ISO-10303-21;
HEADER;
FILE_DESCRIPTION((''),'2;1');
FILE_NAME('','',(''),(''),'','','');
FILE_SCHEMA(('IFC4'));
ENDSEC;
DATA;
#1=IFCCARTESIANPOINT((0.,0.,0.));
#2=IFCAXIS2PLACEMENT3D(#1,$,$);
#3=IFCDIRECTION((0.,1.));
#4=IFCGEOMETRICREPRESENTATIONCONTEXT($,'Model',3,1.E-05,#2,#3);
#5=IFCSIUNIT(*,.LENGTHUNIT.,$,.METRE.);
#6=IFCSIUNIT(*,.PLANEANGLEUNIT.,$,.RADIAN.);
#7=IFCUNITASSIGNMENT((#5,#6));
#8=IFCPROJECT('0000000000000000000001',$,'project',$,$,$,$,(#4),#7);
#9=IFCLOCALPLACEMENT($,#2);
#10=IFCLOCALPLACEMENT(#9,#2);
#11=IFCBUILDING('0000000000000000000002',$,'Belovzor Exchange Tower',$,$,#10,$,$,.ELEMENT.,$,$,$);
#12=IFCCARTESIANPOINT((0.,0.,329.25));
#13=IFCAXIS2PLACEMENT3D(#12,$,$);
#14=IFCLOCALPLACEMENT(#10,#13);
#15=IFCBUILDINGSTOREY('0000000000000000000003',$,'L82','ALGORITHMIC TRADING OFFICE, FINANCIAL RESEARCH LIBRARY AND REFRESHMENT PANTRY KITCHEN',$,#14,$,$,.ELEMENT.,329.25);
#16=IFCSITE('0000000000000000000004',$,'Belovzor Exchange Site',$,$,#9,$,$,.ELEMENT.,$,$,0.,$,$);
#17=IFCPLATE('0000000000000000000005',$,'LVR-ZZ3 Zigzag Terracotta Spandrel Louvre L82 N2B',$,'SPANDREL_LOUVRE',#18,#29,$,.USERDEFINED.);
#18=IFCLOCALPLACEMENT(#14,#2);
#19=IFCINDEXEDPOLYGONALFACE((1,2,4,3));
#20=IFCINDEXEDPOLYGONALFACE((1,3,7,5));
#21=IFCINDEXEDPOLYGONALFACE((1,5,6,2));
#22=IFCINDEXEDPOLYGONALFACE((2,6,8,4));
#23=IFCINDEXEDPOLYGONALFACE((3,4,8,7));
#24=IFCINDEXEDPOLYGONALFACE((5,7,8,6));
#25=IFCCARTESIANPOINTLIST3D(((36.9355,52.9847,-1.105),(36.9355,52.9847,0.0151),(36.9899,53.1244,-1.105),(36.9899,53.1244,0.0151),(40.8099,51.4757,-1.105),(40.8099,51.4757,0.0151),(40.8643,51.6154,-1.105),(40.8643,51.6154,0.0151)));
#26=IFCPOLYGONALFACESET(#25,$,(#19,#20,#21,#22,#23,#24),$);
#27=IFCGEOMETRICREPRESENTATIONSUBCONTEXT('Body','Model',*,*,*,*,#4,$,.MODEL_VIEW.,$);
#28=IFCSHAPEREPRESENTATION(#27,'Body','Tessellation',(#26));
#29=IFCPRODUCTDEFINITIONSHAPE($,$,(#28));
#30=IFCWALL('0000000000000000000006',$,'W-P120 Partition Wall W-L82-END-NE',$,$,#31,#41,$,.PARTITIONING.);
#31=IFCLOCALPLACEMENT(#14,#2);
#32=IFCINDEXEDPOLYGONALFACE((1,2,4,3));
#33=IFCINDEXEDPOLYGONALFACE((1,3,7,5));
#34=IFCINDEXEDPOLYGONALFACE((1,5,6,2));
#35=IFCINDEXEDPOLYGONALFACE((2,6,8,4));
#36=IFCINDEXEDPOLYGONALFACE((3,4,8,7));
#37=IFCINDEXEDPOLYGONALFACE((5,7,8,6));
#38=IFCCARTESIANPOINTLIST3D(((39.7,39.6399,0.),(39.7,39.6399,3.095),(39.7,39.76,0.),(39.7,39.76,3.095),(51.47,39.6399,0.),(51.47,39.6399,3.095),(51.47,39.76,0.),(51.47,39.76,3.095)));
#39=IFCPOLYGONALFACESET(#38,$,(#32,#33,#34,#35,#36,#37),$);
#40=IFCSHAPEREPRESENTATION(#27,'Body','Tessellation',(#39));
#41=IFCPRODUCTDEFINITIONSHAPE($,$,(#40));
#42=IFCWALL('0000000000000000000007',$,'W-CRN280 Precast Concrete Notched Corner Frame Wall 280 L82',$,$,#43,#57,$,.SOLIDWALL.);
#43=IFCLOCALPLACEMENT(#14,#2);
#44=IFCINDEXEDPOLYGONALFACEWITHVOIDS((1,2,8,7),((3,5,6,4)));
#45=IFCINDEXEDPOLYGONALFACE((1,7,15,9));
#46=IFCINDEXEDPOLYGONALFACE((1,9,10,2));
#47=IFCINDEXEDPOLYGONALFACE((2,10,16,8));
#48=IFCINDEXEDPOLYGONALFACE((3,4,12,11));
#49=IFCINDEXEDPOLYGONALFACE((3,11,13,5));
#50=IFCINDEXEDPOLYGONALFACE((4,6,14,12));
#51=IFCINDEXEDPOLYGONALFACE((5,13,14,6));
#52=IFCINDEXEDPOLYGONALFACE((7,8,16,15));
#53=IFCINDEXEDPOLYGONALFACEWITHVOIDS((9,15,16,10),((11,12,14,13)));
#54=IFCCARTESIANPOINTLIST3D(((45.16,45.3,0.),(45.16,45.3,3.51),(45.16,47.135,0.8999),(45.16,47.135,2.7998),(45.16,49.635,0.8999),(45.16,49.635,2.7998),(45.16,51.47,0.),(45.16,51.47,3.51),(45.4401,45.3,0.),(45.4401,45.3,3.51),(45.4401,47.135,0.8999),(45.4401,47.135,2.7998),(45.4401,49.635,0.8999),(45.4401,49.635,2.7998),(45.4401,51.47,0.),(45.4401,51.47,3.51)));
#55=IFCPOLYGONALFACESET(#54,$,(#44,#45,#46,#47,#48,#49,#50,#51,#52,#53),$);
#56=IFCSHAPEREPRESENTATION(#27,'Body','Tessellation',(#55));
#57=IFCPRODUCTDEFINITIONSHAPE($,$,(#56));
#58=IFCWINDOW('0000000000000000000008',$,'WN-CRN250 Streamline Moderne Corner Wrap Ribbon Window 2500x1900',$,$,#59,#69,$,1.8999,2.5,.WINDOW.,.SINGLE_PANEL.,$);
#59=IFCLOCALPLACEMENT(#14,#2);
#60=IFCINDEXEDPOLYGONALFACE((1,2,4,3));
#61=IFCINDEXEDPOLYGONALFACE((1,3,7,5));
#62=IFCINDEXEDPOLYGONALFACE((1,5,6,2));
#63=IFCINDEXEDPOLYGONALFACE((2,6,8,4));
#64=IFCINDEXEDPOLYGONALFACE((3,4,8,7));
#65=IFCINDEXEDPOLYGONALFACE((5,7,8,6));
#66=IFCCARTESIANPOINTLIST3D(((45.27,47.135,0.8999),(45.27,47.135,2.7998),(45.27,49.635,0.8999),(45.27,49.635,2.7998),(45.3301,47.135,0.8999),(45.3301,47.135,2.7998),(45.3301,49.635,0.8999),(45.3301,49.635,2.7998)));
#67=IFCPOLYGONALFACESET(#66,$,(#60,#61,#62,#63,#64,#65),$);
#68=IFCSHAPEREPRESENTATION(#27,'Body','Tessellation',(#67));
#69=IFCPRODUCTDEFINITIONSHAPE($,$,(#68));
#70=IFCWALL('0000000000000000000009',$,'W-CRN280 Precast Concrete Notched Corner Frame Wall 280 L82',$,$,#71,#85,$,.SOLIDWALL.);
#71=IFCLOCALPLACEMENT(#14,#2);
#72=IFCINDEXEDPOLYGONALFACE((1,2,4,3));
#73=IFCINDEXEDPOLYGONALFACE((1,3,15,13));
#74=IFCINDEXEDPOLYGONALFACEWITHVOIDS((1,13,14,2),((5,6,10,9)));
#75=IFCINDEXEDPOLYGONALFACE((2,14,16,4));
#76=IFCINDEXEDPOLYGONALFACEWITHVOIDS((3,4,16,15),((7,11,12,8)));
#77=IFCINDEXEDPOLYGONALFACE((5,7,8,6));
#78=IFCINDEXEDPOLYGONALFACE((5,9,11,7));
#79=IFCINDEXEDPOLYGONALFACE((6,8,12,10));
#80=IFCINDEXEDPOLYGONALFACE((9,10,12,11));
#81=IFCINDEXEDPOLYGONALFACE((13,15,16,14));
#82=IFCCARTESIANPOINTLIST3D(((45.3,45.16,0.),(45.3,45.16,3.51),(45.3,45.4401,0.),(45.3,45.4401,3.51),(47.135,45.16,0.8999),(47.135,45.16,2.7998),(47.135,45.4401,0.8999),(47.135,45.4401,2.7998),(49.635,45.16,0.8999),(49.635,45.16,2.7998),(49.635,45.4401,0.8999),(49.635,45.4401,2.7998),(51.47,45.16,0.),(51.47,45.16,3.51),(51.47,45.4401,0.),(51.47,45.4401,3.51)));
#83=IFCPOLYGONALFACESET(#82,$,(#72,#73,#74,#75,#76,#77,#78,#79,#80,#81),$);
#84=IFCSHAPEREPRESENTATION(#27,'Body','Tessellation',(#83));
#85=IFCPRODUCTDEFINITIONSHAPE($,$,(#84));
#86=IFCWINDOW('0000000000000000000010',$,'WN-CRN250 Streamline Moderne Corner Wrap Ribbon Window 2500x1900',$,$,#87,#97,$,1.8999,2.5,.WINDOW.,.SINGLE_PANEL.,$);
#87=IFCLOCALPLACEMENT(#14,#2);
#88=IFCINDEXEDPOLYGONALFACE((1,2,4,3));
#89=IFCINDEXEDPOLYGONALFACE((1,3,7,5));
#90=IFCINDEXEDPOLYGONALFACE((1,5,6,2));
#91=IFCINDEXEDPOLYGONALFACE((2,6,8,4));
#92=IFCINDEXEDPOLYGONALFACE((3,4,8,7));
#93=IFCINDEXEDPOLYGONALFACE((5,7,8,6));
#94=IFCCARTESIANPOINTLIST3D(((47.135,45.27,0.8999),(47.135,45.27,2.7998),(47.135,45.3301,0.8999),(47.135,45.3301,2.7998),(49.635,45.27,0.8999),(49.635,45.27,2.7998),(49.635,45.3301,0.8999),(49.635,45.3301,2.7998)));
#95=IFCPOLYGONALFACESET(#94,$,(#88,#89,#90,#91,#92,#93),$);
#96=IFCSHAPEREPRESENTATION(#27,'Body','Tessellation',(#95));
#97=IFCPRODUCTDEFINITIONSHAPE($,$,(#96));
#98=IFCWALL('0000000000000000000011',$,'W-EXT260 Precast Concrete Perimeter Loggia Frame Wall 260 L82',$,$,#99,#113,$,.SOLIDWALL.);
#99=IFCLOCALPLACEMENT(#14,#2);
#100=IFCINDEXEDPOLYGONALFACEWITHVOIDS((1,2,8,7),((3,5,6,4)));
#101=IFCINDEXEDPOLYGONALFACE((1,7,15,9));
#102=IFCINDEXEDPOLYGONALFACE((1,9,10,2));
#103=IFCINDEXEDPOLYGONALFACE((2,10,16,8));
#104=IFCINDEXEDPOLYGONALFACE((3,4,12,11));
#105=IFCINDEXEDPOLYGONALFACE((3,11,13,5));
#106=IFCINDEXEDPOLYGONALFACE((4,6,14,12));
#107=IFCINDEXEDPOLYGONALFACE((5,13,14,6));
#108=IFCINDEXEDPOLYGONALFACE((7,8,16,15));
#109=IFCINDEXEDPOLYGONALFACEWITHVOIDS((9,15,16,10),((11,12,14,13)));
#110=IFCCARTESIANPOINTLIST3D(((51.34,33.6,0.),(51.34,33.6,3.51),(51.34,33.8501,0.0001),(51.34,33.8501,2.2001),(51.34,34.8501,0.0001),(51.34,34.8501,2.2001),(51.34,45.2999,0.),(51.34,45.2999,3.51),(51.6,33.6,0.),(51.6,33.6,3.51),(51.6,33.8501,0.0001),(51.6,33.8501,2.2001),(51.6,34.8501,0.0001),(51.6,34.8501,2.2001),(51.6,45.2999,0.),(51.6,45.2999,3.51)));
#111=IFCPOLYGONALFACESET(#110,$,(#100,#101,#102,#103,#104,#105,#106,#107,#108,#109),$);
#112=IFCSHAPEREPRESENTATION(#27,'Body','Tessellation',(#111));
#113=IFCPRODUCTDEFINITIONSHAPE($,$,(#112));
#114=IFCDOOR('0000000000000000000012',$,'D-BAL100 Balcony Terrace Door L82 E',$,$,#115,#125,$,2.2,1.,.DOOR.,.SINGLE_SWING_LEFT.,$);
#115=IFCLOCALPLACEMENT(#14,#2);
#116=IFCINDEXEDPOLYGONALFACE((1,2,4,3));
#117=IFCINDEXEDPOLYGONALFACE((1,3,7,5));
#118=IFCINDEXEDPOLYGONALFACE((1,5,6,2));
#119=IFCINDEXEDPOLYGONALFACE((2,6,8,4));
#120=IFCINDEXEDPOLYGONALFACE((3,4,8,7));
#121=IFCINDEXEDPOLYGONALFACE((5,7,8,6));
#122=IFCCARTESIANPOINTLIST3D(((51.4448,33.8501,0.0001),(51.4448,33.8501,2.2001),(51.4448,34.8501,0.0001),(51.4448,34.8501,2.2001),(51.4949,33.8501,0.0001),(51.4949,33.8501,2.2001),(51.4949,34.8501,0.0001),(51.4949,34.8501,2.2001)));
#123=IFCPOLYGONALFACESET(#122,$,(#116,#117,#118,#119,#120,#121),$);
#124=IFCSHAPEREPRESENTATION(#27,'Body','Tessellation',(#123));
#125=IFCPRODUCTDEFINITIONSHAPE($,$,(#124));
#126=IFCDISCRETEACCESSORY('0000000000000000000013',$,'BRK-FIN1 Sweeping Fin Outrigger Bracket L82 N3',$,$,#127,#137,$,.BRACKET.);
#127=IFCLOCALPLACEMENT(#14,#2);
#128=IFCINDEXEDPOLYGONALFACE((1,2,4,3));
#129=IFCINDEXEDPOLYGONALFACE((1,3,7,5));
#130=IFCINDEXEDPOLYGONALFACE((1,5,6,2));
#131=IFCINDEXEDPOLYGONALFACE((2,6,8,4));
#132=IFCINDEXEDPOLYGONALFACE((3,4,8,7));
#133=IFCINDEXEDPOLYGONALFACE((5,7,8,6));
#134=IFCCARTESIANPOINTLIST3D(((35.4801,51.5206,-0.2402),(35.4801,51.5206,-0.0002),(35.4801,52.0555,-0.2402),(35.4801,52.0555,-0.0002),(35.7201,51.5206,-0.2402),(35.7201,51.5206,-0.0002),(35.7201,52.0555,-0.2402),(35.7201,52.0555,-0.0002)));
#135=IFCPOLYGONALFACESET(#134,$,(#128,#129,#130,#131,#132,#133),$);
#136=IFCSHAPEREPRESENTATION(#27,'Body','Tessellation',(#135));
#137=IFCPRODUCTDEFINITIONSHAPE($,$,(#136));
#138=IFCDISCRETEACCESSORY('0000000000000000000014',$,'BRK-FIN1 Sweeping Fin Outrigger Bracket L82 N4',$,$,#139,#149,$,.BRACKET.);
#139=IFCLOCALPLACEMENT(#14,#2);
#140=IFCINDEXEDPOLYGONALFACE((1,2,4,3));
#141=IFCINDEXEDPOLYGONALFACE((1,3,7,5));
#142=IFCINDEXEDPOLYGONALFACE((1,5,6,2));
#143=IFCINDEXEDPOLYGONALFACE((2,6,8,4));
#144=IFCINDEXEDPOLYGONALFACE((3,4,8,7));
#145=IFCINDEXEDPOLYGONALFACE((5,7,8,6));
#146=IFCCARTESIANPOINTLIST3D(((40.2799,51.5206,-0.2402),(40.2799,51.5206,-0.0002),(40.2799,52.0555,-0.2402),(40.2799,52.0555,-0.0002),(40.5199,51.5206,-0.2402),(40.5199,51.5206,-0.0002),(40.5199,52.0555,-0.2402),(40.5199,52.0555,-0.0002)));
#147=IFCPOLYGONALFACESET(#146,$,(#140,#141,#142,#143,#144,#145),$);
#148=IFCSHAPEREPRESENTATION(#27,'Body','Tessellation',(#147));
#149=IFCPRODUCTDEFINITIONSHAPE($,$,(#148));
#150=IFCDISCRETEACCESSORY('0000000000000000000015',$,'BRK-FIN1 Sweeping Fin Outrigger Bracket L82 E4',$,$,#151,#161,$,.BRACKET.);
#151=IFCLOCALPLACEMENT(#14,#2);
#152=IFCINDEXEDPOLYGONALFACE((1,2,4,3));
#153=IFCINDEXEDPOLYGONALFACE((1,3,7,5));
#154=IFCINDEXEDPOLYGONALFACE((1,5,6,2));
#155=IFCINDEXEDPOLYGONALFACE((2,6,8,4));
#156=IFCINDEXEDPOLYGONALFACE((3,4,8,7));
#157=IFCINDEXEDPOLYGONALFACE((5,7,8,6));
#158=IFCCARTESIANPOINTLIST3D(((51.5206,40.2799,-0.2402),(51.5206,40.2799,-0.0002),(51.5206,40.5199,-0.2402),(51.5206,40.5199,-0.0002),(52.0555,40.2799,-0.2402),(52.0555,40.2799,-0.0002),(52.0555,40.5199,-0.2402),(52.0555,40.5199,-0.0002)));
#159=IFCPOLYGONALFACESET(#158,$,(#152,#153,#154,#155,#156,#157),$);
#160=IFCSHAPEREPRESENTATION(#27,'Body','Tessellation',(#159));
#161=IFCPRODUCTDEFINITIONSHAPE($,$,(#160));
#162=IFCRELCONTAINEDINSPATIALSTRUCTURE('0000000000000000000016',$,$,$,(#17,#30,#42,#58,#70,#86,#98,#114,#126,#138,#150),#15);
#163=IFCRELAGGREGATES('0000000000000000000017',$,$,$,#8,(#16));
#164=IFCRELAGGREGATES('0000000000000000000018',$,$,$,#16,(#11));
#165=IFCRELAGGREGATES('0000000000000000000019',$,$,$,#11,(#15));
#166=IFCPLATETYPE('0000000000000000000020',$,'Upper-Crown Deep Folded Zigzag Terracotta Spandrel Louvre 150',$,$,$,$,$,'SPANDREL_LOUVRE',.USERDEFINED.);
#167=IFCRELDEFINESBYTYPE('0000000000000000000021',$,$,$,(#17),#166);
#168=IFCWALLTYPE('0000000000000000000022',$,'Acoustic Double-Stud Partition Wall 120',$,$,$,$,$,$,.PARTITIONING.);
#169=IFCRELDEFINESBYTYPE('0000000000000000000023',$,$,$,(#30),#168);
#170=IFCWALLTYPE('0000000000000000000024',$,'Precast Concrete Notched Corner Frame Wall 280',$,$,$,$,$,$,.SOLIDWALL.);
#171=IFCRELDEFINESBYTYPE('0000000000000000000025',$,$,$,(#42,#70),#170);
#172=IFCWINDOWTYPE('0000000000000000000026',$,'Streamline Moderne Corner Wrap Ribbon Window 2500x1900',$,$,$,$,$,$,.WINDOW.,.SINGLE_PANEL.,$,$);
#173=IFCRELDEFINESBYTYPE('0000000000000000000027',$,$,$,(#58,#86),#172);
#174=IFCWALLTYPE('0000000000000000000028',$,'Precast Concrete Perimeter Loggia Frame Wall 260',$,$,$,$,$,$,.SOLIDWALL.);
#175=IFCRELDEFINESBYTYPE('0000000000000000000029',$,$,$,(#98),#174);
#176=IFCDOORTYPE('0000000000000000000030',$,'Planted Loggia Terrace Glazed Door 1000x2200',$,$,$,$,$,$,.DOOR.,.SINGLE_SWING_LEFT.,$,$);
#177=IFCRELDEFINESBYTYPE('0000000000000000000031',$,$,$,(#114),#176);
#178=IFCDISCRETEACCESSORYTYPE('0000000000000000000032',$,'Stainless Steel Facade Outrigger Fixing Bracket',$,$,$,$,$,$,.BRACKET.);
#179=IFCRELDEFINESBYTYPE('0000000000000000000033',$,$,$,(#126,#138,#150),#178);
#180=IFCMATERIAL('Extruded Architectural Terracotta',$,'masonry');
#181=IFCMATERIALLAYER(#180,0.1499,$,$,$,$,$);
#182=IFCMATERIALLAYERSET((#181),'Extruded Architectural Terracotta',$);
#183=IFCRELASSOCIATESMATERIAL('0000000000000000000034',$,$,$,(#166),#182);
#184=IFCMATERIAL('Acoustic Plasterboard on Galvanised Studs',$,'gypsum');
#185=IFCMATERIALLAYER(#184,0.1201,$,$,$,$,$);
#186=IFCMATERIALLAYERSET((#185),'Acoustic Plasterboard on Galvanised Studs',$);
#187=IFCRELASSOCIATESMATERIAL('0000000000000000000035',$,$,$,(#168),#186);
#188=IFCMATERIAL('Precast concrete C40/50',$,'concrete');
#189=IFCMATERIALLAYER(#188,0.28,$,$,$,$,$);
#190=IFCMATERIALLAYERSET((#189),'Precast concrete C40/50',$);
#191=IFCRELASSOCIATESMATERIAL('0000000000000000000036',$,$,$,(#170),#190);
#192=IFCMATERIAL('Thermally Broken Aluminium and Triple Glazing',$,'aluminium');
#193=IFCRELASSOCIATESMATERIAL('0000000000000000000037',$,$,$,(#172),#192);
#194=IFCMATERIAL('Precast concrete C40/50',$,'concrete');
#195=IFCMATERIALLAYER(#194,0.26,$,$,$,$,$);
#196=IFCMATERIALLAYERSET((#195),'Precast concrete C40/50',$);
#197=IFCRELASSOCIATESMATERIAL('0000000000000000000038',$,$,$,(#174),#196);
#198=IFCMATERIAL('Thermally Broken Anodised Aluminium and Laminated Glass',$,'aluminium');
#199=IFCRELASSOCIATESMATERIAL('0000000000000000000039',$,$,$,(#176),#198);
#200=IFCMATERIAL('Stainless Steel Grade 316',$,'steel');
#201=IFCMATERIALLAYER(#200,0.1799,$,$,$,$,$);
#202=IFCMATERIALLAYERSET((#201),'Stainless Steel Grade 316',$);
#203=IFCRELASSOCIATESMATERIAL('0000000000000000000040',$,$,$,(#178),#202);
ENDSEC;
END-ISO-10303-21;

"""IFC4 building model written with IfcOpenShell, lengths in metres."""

from ifc_helpers import new_model, si_unit, direction, frame, frame_2d, origin, origin_2d, place, context, subcontext, project, spatial, rectangle, extrude, material, layer, layer_set, type_object, element, fill, save


model = new_model("IFC4")

# Units and contexts
model_context = context("Model", 3, precision=1e-05, world=origin(), true_north=direction((0.0, 1.0)))
body_context = subcontext(model_context, "Body", "Model", "MODEL_VIEW")
ifc_project = project(units=[si_unit("LENGTHUNIT", "METRE"), si_unit("PLANEANGLEUNIT", "RADIAN")], contexts=[model_context])

# Site, building, storey
site_placement = place(None, origin())
site = spatial("IfcSite", under=ifc_project, at=site_placement, Name="Belovzor Exchange Site", CompositionType="ELEMENT", RefElevation=0.0)
building_placement = place(site_placement, origin())
building = spatial("IfcBuilding", under=site, at=building_placement, Name="Belovzor Exchange Tower", CompositionType="ELEMENT")
storey_placement = place(building_placement, frame((0.0, 0.0, 329.25)))
storey = spatial("IfcBuildingStorey", under=building, at=storey_placement, Name="L82", Description="ALGORITHMIC TRADING OFFICE, FINANCIAL RESEARCH LIBRARY AND REFRESHMENT PANTRY KITCHEN", CompositionType="ELEMENT", Elevation=329.25)

# Plate
ifc_material_1 = material(Name="Extruded Architectural Terracotta", Category="masonry")
ifc_layer_1 = layer(ifc_material_1, 0.1499)
ifc_layer_set_1 = layer_set([ifc_layer_1], Name="Extruded Architectural Terracotta")
plate_type = type_object("IfcPlateType", Name="Upper-Crown Deep Folded Zigzag Terracotta Spandrel Louvre 150", ElementType="SPANDREL_LOUVRE", PredefinedType="USERDEFINED", material=ifc_layer_set_1)
plate_placement = place(storey_placement, frame((38.8999, 52.3, -1.105), z_axis=(0.0, 0.0, 1.0), x_axis=(0.931818, -0.362926, 0.0)))
element("IfcPlate", 1, at=plate_placement, inside=storey, type_object=plate_type, Name="LVR-ZZ3 Zigzag Terracotta Spandrel Louvre L82 N2B", ObjectType="SPANDREL_LOUVRE", PredefinedType="USERDEFINED", context=body_context, shape_type="SweptSolid", body=[
    extrude(rectangle(XDim=4.158, YDim=0.1499, at=origin_2d()), origin(), (0.0, 0.0, 1.0), 1.1201),
])

# Wall
ifc_material_2 = material(Name="Acoustic Plasterboard on Galvanised Studs", Category="gypsum")
ifc_layer_2 = layer(ifc_material_2, 0.1201)
ifc_layer_set_2 = layer_set([ifc_layer_2], Name="Acoustic Plasterboard on Galvanised Studs")
wall_type_1 = type_object("IfcWallType", Name="Acoustic Double-Stud Partition Wall 120", PredefinedType="PARTITIONING", material=ifc_layer_set_2)
wall_1_placement = place(storey_placement, frame((39.7, 39.7, 0.0), z_axis=(0.0, 0.0, 1.0), x_axis=(1.0, 0.0, 0.0)))
element("IfcWall", 2, at=wall_1_placement, inside=storey, type_object=wall_type_1, Name="W-P120 Partition Wall W-L82-END-NE", PredefinedType="PARTITIONING", context=body_context, shape_type="SweptSolid", body=[
    extrude(rectangle(XDim=11.77, YDim=0.1201, at=frame_2d((5.885, 0.0))), origin(), (0.0, 0.0, 1.0), 3.095),
])

# Walls, openings, windows
ifc_material_3 = material(Name="Precast concrete C40/50", Category="concrete")
ifc_layer_3 = layer(ifc_material_3, 0.28)
ifc_layer_set_3 = layer_set([ifc_layer_3], Name="Precast concrete C40/50")
wall_type_2 = type_object("IfcWallType", Name="Precast Concrete Notched Corner Frame Wall 280", PredefinedType="SOLIDWALL", material=ifc_layer_set_3)
wall_2_placement = place(storey_placement, frame((45.3, 51.47, 0.0), z_axis=(0.0, 0.0, 1.0), x_axis=(0.0, -1.0, 0.0)))
wall_2 = element("IfcWall", 3, at=wall_2_placement, inside=storey, type_object=wall_type_2, Name="W-CRN280 Precast Concrete Notched Corner Frame Wall 280 L82", PredefinedType="SOLIDWALL", context=body_context, shape_type="SweptSolid", body=[
    extrude(rectangle(XDim=6.1699, YDim=0.28, at=frame_2d((3.085, 0.0))), origin(), (0.0, 0.0, 1.0), 3.51),
])
opening_1_placement = place(wall_2_placement, frame((1.835, 0.0, 0.8999)))
opening_1 = element("IfcOpeningElement", 4, at=opening_1_placement, cuts=wall_2, PredefinedType="OPENING", context=body_context, shape_type="SweptSolid", body=[
    extrude(rectangle(XDim=2.5, YDim=1.8999, at=frame_2d((1.25, 0.95))), frame((0.0, 0.1499, 0.0), z_axis=(0.0, -1.0, 0.0), x_axis=(1.0, 0.0, 0.0)), (0.0, 0.0, 1.0), 0.3),
])
ifc_material_4 = material(Name="Thermally Broken Aluminium and Triple Glazing", Category="aluminium")
window_type = type_object("IfcWindowType", Name="Streamline Moderne Corner Wrap Ribbon Window 2500x1900", PartitioningType="SINGLE_PANEL", PredefinedType="WINDOW", material=ifc_material_4)
window_1_placement = place(opening_1_placement, origin())
window_1 = element("IfcWindow", 5, at=window_1_placement, inside=storey, type_object=window_type, Name="WN-CRN250 Streamline Moderne Corner Wrap Ribbon Window 2500x1900", OverallHeight=1.8999, OverallWidth=2.5, PartitioningType="SINGLE_PANEL", PredefinedType="WINDOW", context=body_context, shape_type="SweptSolid", body=[
    extrude(rectangle(XDim=2.5, YDim=1.8999, at=frame_2d((1.25, 0.95))), frame((0.0, 0.03, 0.0), z_axis=(0.0, -1.0, 0.0), x_axis=(1.0, 0.0, 0.0)), (0.0, 0.0, 1.0), 0.0601),
])
fill(opening_1, window_1)
wall_3_placement = place(storey_placement, frame((45.3, 45.3, 0.0), z_axis=(0.0, 0.0, 1.0), x_axis=(1.0, 0.0, 0.0)))
wall_3 = element("IfcWall", 6, at=wall_3_placement, inside=storey, type_object=wall_type_2, Name="W-CRN280 Precast Concrete Notched Corner Frame Wall 280 L82", PredefinedType="SOLIDWALL", context=body_context, shape_type="SweptSolid", body=[
    extrude(rectangle(XDim=6.1699, YDim=0.28, at=frame_2d((3.085, 0.0))), origin(), (0.0, 0.0, 1.0), 3.51),
])
opening_2_placement = place(wall_3_placement, frame((1.835, 0.0, 0.8999)))
opening_2 = element("IfcOpeningElement", 7, at=opening_2_placement, cuts=wall_3, PredefinedType="OPENING", context=body_context, shape_type="SweptSolid", body=[
    extrude(rectangle(XDim=2.5, YDim=1.8999, at=frame_2d((1.25, 0.95))), frame((0.0, 0.1499, 0.0), z_axis=(0.0, -1.0, 0.0), x_axis=(1.0, 0.0, 0.0)), (0.0, 0.0, 1.0), 0.3),
])
window_2_placement = place(opening_2_placement, origin())
window_2 = element("IfcWindow", 8, at=window_2_placement, inside=storey, type_object=window_type, Name="WN-CRN250 Streamline Moderne Corner Wrap Ribbon Window 2500x1900", OverallHeight=1.8999, OverallWidth=2.5, PartitioningType="SINGLE_PANEL", PredefinedType="WINDOW", context=body_context, shape_type="SweptSolid", body=[
    extrude(rectangle(XDim=2.5, YDim=1.8999, at=frame_2d((1.25, 0.95))), frame((0.0, 0.03, 0.0), z_axis=(0.0, -1.0, 0.0), x_axis=(1.0, 0.0, 0.0)), (0.0, 0.0, 1.0), 0.0601),
])
fill(opening_2, window_2)

# Wall, opening, door
ifc_material_5 = material(Name="Precast concrete C40/50", Category="concrete")
ifc_layer_4 = layer(ifc_material_5, 0.26)
ifc_layer_set_4 = layer_set([ifc_layer_4], Name="Precast concrete C40/50")
wall_type_3 = type_object("IfcWallType", Name="Precast Concrete Perimeter Loggia Frame Wall 260", PredefinedType="SOLIDWALL", material=ifc_layer_set_4)
wall_4_placement = place(storey_placement, frame((51.47, 45.3, 0.0), z_axis=(0.0, 0.0, 1.0), x_axis=(0.0, -1.0, 0.0)))
wall_4 = element("IfcWall", 9, at=wall_4_placement, inside=storey, type_object=wall_type_3, Name="W-EXT260 Precast Concrete Perimeter Loggia Frame Wall 260 L82", PredefinedType="SOLIDWALL", context=body_context, shape_type="SweptSolid", body=[
    extrude(rectangle(XDim=11.7, YDim=0.26, at=frame_2d((5.8501, 0.0))), origin(), (0.0, 0.0, 1.0), 3.51),
])
opening_3_placement = place(wall_4_placement, frame((10.45, 0.0, 0.0)))
opening_3 = element("IfcOpeningElement", 10, at=opening_3_placement, cuts=wall_4, PredefinedType="OPENING", context=body_context, shape_type="SweptSolid", body=[
    extrude(rectangle(XDim=1.0, YDim=2.2, at=frame_2d((0.5, 1.1001))), frame((0.0, 0.1399, 0.0), z_axis=(0.0, -1.0, 0.0), x_axis=(1.0, 0.0, 0.0)), (0.0, 0.0, 1.0), 0.28),
])
ifc_material_6 = material(Name="Thermally Broken Anodised Aluminium and Laminated Glass", Category="aluminium")
door_type = type_object("IfcDoorType", Name="Planted Loggia Terrace Glazed Door 1000x2200", OperationType="SINGLE_SWING_LEFT", PredefinedType="DOOR", material=ifc_material_6)
door_placement = place(opening_3_placement, origin())
door = element("IfcDoor", 11, at=door_placement, inside=storey, type_object=door_type, Name="D-BAL100 Balcony Terrace Door L82 E", OperationType="SINGLE_SWING_LEFT", OverallHeight=2.2, OverallWidth=1.0, PredefinedType="DOOR", context=body_context, shape_type="SweptSolid", body=[
    extrude(rectangle(XDim=1.0, YDim=2.2, at=frame_2d((0.5, 1.1001))), frame((0.0, 0.0249, 0.0), z_axis=(0.0, -1.0, 0.0), x_axis=(1.0, 0.0, 0.0)), (0.0, 0.0, 1.0), 0.05),
])
fill(opening_3, door)

# Discrete accessories
ifc_material_7 = material(Name="Stainless Steel Grade 316", Category="steel")
ifc_layer_5 = layer(ifc_material_7, 0.1799)
ifc_layer_set_5 = layer_set([ifc_layer_5], Name="Stainless Steel Grade 316")
discrete_accessory_type = type_object("IfcDiscreteAccessoryType", Name="Stainless Steel Facade Outrigger Fixing Bracket", PredefinedType="BRACKET", material=ifc_layer_set_5)
for number, where, z_axis, x_axis, name in (
    (12, (35.6001, 51.7881, -0.2402), (0.0, 0.0, 1.0), (0.0, 1.0, 0.0), "BRK-FIN1 Sweeping Fin Outrigger Bracket L82 N3"),
    (13, (40.3999, 51.7881, -0.2402), (0.0, 0.0, 1.0), (0.0, 1.0, 0.0), "BRK-FIN1 Sweeping Fin Outrigger Bracket L82 N4"),
    (14, (51.7881, 40.3999, -0.2402), (0.0, 0.0, 1.0), (1.0, 0.0, 0.0), "BRK-FIN1 Sweeping Fin Outrigger Bracket L82 E4"),
):
    element("IfcDiscreteAccessory", number, at=place(storey_placement, frame(where, z_axis=z_axis, x_axis=x_axis)), inside=storey, type_object=discrete_accessory_type, Name=name, PredefinedType="BRACKET", context=body_context, shape_type="SweptSolid", body=[
        extrude(rectangle(XDim=0.5349, YDim=0.24, at=origin_2d()), origin(), (0.0, 0.0, 1.0), 0.24),
    ])

save(model, "model.ifc")
